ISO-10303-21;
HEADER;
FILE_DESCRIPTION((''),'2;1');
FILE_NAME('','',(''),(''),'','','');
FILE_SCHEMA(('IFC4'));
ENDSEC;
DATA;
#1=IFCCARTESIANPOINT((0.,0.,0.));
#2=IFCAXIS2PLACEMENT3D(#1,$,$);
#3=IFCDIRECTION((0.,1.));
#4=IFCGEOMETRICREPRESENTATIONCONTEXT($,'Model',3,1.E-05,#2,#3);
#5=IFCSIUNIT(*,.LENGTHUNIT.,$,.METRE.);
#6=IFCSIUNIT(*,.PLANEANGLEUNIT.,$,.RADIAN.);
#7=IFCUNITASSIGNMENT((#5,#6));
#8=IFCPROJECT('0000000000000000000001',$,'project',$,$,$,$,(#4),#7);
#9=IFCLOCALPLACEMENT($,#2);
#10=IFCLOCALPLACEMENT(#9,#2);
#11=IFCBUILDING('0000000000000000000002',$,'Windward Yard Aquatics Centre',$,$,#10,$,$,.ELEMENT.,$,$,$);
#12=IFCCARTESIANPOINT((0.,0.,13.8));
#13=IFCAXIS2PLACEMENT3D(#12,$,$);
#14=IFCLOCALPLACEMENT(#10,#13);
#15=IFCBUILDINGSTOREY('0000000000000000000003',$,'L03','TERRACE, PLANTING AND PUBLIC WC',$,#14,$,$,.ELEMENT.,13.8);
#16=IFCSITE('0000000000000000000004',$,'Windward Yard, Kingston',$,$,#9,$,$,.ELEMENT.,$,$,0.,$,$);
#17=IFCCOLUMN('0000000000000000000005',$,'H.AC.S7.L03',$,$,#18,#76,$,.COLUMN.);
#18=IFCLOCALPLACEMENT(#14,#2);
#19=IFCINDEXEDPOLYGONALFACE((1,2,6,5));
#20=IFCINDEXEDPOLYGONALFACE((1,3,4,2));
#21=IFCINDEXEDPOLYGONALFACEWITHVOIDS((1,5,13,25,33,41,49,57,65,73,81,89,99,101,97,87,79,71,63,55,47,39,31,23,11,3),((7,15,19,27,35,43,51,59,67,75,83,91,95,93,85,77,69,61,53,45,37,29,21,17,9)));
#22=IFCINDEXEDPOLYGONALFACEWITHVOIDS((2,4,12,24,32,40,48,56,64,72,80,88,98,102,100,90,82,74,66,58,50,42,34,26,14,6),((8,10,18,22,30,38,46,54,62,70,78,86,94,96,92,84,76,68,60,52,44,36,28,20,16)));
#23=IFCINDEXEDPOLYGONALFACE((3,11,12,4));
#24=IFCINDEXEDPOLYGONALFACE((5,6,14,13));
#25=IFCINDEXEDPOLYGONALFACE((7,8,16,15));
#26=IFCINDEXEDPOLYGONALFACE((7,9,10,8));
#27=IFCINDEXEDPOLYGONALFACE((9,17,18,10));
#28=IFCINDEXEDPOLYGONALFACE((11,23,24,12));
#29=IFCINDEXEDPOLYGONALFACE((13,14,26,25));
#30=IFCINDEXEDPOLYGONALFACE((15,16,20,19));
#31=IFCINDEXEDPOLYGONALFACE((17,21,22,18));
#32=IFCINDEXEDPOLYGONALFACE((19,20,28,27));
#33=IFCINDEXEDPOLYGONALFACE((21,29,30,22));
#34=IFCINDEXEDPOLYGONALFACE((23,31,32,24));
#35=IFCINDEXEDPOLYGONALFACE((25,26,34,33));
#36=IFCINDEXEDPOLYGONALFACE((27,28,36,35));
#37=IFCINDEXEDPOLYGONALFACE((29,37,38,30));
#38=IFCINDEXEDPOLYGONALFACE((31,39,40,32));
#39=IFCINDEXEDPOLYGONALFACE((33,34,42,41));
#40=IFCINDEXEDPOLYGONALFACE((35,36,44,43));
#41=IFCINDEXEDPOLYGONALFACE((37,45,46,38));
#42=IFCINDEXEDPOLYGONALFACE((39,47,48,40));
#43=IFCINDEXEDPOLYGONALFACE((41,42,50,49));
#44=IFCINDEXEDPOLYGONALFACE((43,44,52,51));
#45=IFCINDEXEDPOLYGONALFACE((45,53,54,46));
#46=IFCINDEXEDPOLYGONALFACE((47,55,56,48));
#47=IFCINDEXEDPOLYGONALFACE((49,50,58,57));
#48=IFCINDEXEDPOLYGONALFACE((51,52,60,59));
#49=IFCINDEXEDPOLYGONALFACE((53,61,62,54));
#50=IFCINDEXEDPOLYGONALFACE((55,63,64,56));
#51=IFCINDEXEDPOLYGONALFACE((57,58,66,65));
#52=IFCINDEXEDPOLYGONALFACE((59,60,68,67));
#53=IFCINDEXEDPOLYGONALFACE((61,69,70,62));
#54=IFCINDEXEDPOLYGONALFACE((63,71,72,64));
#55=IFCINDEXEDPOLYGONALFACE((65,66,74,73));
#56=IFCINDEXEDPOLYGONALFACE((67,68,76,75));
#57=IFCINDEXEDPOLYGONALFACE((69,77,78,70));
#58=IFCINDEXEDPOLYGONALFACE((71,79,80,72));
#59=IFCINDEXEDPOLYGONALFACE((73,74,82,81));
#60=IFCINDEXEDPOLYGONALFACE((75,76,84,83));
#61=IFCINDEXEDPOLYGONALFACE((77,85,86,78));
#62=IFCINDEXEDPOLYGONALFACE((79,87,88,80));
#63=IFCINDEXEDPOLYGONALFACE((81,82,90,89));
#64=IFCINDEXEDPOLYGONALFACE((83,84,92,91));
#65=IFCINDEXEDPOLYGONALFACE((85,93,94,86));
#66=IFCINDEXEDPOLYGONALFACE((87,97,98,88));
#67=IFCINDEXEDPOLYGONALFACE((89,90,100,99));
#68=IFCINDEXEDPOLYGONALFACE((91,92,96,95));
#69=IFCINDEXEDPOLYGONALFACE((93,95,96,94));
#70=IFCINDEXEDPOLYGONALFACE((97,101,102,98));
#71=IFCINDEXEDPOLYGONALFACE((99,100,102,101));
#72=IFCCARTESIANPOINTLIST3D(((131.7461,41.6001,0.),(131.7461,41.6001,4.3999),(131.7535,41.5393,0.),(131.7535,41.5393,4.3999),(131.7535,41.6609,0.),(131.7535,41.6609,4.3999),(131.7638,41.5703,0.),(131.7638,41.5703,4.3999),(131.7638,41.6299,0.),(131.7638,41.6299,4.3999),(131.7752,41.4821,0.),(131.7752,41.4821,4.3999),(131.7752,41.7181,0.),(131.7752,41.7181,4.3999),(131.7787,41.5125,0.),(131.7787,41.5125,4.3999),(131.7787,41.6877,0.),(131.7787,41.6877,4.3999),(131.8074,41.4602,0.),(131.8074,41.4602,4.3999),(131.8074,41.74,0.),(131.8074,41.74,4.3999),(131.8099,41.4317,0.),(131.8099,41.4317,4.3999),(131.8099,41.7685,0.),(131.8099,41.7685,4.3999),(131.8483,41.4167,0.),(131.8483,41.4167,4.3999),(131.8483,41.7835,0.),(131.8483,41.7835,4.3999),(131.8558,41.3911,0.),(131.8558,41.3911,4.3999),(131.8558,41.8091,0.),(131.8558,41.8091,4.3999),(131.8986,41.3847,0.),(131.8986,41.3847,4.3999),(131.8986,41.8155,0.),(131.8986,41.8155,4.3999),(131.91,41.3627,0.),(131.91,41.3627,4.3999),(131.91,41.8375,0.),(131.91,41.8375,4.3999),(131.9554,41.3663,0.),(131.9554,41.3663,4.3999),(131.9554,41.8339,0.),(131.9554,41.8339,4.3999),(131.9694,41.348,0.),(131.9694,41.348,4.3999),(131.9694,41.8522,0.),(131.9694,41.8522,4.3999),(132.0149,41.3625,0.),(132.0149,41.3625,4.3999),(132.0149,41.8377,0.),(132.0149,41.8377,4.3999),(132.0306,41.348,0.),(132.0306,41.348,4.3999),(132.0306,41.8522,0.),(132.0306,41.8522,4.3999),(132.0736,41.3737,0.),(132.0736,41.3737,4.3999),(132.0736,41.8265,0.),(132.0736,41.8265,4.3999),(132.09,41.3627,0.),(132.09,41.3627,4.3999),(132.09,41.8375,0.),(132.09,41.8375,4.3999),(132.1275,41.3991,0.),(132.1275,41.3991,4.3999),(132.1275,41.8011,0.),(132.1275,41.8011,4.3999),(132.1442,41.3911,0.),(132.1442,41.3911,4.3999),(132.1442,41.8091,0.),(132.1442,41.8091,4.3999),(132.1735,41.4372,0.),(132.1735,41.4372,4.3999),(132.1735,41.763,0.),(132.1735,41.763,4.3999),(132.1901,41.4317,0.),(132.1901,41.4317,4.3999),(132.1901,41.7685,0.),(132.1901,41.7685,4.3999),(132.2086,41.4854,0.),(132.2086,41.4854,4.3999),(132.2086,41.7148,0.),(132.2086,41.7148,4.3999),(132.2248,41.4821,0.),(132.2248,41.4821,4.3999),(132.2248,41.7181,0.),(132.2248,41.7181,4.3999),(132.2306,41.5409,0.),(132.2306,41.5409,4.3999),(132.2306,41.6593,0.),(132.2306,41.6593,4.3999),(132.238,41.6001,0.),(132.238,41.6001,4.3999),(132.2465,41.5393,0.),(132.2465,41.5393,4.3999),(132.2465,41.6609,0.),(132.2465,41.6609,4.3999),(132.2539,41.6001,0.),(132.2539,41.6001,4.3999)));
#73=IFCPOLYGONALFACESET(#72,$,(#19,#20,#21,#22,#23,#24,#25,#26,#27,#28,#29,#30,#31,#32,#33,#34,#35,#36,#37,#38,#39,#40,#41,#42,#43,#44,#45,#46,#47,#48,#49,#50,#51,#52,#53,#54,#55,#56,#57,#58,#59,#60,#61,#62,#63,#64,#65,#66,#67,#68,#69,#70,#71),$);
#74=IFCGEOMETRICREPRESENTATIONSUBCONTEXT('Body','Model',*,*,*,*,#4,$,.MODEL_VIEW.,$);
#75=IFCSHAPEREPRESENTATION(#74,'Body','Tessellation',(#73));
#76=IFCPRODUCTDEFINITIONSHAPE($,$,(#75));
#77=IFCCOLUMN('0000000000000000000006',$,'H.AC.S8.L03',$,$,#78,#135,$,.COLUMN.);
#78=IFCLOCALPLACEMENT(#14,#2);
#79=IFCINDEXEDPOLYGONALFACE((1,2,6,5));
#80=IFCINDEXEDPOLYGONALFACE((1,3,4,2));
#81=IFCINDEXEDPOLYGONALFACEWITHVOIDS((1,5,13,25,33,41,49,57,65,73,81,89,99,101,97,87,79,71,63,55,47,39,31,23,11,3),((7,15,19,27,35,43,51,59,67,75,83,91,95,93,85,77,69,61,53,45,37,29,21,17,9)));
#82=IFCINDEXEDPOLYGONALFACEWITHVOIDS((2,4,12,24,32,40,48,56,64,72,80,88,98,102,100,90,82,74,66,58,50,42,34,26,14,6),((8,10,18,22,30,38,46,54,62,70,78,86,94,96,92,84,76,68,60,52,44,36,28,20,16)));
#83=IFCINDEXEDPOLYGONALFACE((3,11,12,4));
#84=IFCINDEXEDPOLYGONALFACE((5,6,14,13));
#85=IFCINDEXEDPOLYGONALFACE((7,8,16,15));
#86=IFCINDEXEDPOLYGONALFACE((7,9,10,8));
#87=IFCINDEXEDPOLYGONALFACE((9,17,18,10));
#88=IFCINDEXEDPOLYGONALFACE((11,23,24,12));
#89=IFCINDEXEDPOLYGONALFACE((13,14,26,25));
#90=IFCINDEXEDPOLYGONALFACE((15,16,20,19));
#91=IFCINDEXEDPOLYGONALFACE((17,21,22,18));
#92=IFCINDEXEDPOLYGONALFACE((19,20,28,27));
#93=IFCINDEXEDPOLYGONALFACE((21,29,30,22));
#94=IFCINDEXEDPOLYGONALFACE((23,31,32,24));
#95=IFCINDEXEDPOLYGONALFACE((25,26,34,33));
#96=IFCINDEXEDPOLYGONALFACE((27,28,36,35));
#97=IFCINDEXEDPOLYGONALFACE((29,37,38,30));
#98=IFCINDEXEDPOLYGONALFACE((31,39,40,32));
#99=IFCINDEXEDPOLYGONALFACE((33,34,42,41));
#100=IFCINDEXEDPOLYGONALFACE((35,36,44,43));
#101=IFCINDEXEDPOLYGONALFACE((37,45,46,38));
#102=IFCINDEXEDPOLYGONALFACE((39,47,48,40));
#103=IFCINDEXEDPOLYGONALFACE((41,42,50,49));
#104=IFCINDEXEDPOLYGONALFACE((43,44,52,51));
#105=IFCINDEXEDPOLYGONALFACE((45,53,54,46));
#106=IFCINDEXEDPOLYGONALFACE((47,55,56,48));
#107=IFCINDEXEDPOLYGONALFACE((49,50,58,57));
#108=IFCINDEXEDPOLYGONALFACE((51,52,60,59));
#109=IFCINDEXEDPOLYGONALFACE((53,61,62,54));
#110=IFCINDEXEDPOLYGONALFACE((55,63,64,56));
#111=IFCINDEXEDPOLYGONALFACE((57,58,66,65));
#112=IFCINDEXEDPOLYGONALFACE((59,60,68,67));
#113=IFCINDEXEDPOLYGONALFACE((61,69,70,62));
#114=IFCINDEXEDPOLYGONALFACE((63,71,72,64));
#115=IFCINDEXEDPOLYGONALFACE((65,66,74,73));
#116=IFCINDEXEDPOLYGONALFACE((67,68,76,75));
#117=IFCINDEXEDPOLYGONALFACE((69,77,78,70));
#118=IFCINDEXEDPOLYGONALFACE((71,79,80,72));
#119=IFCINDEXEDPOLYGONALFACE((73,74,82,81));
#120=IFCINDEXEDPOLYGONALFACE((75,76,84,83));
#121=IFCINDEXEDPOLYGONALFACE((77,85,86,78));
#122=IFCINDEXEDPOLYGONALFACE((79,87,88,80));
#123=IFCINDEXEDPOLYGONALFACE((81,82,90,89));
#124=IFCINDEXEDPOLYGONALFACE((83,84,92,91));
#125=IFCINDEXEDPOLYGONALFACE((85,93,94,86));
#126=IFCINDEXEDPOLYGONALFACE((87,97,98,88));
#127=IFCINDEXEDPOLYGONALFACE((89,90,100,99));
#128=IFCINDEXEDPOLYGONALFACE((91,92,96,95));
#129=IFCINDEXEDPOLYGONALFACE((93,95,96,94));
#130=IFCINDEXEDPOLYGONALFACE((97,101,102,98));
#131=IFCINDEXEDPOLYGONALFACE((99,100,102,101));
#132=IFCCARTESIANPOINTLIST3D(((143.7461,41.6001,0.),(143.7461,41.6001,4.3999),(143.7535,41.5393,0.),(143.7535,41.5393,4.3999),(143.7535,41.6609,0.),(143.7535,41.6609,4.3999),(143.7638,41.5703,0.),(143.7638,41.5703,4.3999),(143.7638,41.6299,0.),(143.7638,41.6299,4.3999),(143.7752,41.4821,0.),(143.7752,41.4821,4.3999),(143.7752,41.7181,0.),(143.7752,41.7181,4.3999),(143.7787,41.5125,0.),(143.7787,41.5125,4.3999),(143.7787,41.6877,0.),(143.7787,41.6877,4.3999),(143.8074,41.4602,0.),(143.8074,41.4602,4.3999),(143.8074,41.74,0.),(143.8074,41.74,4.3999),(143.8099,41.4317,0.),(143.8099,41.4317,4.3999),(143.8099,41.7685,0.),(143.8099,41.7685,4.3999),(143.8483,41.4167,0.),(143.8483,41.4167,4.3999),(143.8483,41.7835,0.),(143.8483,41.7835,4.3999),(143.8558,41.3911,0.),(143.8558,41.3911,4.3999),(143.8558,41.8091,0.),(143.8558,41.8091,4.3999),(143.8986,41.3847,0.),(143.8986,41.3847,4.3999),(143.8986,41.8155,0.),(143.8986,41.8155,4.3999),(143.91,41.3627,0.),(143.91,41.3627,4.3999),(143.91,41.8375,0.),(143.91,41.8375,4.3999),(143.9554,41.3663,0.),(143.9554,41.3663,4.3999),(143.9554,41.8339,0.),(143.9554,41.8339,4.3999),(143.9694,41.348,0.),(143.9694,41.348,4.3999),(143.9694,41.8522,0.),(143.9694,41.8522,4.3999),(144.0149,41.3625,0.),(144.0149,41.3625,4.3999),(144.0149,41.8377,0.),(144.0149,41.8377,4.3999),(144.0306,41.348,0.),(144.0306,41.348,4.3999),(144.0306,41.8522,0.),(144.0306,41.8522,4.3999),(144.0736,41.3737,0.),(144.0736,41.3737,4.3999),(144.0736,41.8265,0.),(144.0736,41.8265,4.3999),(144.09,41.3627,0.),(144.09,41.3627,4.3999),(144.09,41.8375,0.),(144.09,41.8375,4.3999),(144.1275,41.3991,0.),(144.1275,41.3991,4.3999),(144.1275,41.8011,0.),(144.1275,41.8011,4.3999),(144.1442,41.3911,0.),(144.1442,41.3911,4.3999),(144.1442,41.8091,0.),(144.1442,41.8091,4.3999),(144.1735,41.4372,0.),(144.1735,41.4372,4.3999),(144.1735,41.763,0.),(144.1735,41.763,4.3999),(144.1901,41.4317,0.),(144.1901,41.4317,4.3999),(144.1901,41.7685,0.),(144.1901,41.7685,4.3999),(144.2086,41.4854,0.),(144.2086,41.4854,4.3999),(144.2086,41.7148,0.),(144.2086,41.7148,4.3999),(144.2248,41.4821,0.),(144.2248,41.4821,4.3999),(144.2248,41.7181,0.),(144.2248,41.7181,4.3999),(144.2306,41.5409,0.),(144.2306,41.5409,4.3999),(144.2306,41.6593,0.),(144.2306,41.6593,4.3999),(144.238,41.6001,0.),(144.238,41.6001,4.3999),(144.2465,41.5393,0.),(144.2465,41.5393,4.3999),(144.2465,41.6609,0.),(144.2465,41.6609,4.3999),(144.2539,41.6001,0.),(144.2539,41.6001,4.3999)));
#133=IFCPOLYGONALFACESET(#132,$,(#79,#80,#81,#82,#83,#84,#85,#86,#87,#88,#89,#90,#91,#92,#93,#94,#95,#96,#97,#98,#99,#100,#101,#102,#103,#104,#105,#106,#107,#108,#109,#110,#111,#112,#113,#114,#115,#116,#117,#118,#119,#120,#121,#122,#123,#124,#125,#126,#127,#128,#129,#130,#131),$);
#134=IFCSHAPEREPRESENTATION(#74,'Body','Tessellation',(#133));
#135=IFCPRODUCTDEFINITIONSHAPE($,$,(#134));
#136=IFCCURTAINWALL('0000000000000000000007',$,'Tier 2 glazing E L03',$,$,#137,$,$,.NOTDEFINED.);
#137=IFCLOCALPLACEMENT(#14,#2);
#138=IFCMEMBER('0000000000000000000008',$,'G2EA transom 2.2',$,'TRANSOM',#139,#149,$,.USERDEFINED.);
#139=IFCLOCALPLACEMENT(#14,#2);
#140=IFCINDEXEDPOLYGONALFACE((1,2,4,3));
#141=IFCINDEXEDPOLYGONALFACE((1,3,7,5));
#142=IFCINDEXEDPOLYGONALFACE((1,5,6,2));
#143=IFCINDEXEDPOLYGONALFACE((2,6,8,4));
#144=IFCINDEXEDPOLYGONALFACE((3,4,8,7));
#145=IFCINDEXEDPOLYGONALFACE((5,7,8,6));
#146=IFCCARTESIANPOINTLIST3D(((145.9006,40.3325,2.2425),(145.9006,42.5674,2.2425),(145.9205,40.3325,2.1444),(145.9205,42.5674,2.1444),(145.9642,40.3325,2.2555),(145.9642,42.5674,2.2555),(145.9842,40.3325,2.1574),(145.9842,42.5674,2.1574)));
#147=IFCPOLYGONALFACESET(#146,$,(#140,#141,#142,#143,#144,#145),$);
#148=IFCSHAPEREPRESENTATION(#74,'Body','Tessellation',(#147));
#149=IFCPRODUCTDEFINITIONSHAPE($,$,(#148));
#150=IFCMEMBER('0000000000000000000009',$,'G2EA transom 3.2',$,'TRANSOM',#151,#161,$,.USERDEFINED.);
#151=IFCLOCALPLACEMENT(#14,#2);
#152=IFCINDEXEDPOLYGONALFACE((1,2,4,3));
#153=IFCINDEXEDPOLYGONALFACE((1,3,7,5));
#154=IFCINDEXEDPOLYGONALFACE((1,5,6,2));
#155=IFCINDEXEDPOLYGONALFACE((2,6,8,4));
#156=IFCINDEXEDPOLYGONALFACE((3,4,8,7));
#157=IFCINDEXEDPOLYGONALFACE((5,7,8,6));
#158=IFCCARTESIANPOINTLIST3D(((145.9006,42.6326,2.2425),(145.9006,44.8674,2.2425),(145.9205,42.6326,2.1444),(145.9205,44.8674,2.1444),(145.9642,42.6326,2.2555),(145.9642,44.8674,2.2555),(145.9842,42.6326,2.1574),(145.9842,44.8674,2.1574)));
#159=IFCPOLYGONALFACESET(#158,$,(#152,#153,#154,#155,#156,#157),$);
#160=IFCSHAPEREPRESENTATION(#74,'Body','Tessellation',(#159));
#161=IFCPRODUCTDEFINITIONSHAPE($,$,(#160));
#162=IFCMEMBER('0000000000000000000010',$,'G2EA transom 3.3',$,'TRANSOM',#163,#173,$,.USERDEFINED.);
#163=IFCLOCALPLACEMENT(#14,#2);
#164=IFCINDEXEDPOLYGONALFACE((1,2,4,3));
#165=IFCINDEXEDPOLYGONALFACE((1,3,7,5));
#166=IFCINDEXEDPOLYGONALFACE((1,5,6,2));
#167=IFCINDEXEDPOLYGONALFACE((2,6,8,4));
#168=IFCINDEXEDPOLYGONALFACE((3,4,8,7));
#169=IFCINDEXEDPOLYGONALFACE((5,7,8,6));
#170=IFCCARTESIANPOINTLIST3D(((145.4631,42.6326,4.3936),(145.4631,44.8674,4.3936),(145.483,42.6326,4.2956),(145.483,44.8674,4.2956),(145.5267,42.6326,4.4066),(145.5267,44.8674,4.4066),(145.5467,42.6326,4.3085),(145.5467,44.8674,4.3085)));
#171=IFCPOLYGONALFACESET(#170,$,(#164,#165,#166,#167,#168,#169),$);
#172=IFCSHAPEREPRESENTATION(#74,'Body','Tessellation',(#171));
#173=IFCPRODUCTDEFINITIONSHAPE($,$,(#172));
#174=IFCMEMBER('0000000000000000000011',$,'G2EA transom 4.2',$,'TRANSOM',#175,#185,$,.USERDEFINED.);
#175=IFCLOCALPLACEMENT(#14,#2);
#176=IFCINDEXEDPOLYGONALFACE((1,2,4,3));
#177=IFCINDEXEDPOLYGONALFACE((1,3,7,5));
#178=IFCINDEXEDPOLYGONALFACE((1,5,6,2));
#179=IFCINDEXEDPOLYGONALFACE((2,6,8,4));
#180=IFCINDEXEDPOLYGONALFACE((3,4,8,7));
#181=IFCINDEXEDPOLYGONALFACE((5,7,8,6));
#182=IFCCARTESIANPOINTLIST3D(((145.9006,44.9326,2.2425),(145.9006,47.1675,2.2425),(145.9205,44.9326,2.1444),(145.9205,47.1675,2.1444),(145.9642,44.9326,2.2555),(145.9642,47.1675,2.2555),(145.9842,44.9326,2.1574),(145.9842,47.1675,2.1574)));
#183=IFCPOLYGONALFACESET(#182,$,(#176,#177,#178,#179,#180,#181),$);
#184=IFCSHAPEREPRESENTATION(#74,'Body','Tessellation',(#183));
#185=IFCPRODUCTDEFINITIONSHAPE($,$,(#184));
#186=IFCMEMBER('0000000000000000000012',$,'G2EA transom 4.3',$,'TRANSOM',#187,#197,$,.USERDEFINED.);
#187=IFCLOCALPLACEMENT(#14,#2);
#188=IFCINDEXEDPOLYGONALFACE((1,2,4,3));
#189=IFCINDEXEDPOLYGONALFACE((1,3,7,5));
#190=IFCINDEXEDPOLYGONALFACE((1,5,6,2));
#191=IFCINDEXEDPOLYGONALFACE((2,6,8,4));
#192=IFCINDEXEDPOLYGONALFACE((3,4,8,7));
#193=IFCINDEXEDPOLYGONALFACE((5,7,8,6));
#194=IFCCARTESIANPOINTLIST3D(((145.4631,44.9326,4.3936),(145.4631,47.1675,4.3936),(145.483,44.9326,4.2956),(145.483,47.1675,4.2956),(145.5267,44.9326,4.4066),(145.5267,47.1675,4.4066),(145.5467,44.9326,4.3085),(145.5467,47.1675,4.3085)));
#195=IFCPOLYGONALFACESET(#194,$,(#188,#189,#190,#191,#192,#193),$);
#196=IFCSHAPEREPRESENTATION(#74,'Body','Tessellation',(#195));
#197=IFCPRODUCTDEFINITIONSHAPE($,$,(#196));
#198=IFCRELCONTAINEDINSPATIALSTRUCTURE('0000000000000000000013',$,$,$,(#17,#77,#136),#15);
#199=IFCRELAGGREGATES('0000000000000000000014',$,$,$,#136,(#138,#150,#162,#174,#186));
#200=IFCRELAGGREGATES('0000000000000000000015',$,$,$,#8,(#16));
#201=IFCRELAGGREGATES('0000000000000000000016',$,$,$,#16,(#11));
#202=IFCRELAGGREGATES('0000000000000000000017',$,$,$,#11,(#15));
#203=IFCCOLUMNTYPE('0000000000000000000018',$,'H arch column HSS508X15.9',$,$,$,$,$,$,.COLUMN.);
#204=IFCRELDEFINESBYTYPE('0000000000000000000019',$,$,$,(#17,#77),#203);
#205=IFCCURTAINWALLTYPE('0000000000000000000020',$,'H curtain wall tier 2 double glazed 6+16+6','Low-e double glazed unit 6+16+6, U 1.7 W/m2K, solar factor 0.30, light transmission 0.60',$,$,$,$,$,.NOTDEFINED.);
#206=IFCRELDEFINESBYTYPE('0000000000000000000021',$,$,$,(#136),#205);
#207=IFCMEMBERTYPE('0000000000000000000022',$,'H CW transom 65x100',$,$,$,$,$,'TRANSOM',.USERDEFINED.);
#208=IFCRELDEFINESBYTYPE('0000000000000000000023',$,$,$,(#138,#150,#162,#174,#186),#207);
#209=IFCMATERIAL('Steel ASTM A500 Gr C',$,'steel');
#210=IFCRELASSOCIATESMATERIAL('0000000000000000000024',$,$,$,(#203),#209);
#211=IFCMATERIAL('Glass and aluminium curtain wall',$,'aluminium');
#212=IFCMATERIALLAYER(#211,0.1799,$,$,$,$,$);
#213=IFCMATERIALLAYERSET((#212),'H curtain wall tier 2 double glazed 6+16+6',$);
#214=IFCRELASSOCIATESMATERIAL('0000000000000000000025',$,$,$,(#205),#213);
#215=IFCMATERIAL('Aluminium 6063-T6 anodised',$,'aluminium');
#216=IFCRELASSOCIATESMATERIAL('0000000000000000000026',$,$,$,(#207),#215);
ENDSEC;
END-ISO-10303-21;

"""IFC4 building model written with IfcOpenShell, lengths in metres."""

from ifc_helpers import new_model, si_unit, direction, frame, origin, origin_2d, place, context, subcontext, project, spatial, rectangle, hollow_circle, extrude, material, layer, layer_set, material_profile, profile_set, type_object, element, aggregate, save


model = new_model("IFC4")

# Units and contexts
model_context = context("Model", 3, precision=1e-05, world=origin(), true_north=direction((0.0, 1.0)))
body_context = subcontext(model_context, "Body", "Model", "MODEL_VIEW")
ifc_project = project(units=[si_unit("LENGTHUNIT", "METRE"), si_unit("PLANEANGLEUNIT", "RADIAN")], contexts=[model_context])

# Site, building, storey
site_placement = place(None, origin())
site = spatial("IfcSite", under=ifc_project, at=site_placement, Name="Windward Yard, Kingston", CompositionType="ELEMENT", RefElevation=0.0)
building_placement = place(site_placement, origin())
building = spatial("IfcBuilding", under=site, at=building_placement, Name="Windward Yard Aquatics Centre", CompositionType="ELEMENT")
storey_placement = place(building_placement, frame((0.0, 0.0, 13.8)))
storey = spatial("IfcBuildingStorey", under=building, at=storey_placement, Name="L03", Description="TERRACE, PLANTING AND PUBLIC WC", CompositionType="ELEMENT", Elevation=13.8)

# Columns
ifc_material_1 = material(Name="Steel ASTM A500 Gr C", Category="steel")
ifc_material_profile_1 = material_profile(ifc_material_1, hollow_circle(Radius=0.2539, WallThickness=0.0159, at=origin_2d()), Name="HSS508X15.9")
ifc_profile_set_1 = profile_set([ifc_material_profile_1], Name="Steel ASTM A500 Gr C")
column_type = type_object("IfcColumnType", Name="H arch column HSS508X15.9", PredefinedType="COLUMN", material=ifc_profile_set_1)
for number, where, z_axis, x_axis, name in (
    (1, (132.0, 41.6001, 0.0), (0.0, 0.0, 1.0), (1.0, 0.0, 0.0), "H.AC.S7.L03"),
    (2, (144.0, 41.6001, 0.0), (0.0, 0.0, 1.0), (1.0, 0.0, 0.0), "H.AC.S8.L03"),
):
    element("IfcColumn", number, at=place(storey_placement, frame(where, z_axis=z_axis, x_axis=x_axis)), inside=storey, type_object=column_type, Name=name, PredefinedType="COLUMN", context=body_context, shape_type="SweptSolid", body=[
        extrude(hollow_circle(Radius=0.2539, WallThickness=0.0159, at=origin_2d()), origin(), (0.0, 0.0, 1.0), 4.3999),
    ])

# Curtain wall, members
ifc_material_2 = material(Name="Glass and aluminium curtain wall", Category="aluminium")
ifc_layer_1 = layer(ifc_material_2, 0.1799)
ifc_layer_set_1 = layer_set([ifc_layer_1], Name="H curtain wall tier 2 double glazed 6+16+6")
curtain_wall_type = type_object("IfcCurtainWallType", Name="H curtain wall tier 2 double glazed 6+16+6", Description="Low-e double glazed unit 6+16+6, U 1.7 W/m2K, solar factor 0.30, light transmission 0.60", PredefinedType="NOTDEFINED", material=ifc_layer_set_1)
curtain_wall_placement = place(storey_placement, origin())
curtain_wall = element("IfcCurtainWall", 3, at=curtain_wall_placement, inside=storey, type_object=curtain_wall_type, Name="Tier 2 glazing E L03", PredefinedType="NOTDEFINED")
ifc_material_3 = material(Name="Aluminium 6063-T6 anodised", Category="aluminium")
ifc_material_profile_2 = material_profile(ifc_material_3, rectangle(XDim=0.0649, YDim=0.1001, at=origin_2d()), Name="H CW transom 65x100")
ifc_profile_set_2 = profile_set([ifc_material_profile_2], Name="Aluminium 6063-T6 anodised")
member_type_1 = type_object("IfcMemberType", Name="H CW transom 65x100", ElementType="TRANSOM", PredefinedType="USERDEFINED", material=ifc_profile_set_2)
member_1_placement = place(storey_placement, frame((145.9424, 40.3325, 2.2), z_axis=(0.0, 1.0, 0.0), x_axis=(0.979925, 0.0, 0.199368)))
member_1 = element("IfcMember", 4, at=member_1_placement, type_object=member_type_1, Name="G2EA transom 2.2", ObjectType="TRANSOM", PredefinedType="USERDEFINED", context=body_context, shape_type="SweptSolid", body=[
    extrude(rectangle(XDim=0.0649, YDim=0.1001, at=origin_2d()), origin(), (0.0, 0.0, 1.0), 2.2349),
])
member_2_placement = place(storey_placement, frame((145.9424, 42.6326, 2.2), z_axis=(0.0, 1.0, 0.0), x_axis=(0.979925, 0.0, 0.199368)))
member_2 = element("IfcMember", 5, at=member_2_placement, type_object=member_type_1, Name="G2EA transom 3.2", ObjectType="TRANSOM", PredefinedType="USERDEFINED", context=body_context, shape_type="SweptSolid", body=[
    extrude(rectangle(XDim=0.0649, YDim=0.1001, at=origin_2d()), origin(), (0.0, 0.0, 1.0), 2.2349),
])
member_3_placement = place(storey_placement, frame((145.5049, 42.6326, 4.3511), z_axis=(0.0, 1.0, 0.0), x_axis=(0.979925, 0.0, 0.199368)))
member_3 = element("IfcMember", 6, at=member_3_placement, type_object=member_type_1, Name="G2EA transom 3.3", ObjectType="TRANSOM", PredefinedType="USERDEFINED", context=body_context, shape_type="SweptSolid", body=[
    extrude(rectangle(XDim=0.0649, YDim=0.1001, at=origin_2d()), origin(), (0.0, 0.0, 1.0), 2.2349),
])
member_4_placement = place(storey_placement, frame((145.9424, 44.9326, 2.2), z_axis=(0.0, 1.0, 0.0), x_axis=(0.979925, 0.0, 0.199368)))
member_4 = element("IfcMember", 7, at=member_4_placement, type_object=member_type_1, Name="G2EA transom 4.2", ObjectType="TRANSOM", PredefinedType="USERDEFINED", context=body_context, shape_type="SweptSolid", body=[
    extrude(rectangle(XDim=0.0649, YDim=0.1001, at=origin_2d()), origin(), (0.0, 0.0, 1.0), 2.2349),
])
member_5_placement = place(storey_placement, frame((145.5049, 44.9326, 4.3511), z_axis=(0.0, 1.0, 0.0), x_axis=(0.979925, 0.0, 0.199368)))
member_5 = element("IfcMember", 8, at=member_5_placement, type_object=member_type_1, Name="G2EA transom 4.3", ObjectType="TRANSOM", PredefinedType="USERDEFINED", context=body_context, shape_type="SweptSolid", body=[
    extrude(rectangle(XDim=0.0649, YDim=0.1001, at=origin_2d()), origin(), (0.0, 0.0, 1.0), 2.2349),
])

aggregate(curtain_wall, [member_1, member_2, member_3, member_4, member_5])

save(model, "model.ifc")
